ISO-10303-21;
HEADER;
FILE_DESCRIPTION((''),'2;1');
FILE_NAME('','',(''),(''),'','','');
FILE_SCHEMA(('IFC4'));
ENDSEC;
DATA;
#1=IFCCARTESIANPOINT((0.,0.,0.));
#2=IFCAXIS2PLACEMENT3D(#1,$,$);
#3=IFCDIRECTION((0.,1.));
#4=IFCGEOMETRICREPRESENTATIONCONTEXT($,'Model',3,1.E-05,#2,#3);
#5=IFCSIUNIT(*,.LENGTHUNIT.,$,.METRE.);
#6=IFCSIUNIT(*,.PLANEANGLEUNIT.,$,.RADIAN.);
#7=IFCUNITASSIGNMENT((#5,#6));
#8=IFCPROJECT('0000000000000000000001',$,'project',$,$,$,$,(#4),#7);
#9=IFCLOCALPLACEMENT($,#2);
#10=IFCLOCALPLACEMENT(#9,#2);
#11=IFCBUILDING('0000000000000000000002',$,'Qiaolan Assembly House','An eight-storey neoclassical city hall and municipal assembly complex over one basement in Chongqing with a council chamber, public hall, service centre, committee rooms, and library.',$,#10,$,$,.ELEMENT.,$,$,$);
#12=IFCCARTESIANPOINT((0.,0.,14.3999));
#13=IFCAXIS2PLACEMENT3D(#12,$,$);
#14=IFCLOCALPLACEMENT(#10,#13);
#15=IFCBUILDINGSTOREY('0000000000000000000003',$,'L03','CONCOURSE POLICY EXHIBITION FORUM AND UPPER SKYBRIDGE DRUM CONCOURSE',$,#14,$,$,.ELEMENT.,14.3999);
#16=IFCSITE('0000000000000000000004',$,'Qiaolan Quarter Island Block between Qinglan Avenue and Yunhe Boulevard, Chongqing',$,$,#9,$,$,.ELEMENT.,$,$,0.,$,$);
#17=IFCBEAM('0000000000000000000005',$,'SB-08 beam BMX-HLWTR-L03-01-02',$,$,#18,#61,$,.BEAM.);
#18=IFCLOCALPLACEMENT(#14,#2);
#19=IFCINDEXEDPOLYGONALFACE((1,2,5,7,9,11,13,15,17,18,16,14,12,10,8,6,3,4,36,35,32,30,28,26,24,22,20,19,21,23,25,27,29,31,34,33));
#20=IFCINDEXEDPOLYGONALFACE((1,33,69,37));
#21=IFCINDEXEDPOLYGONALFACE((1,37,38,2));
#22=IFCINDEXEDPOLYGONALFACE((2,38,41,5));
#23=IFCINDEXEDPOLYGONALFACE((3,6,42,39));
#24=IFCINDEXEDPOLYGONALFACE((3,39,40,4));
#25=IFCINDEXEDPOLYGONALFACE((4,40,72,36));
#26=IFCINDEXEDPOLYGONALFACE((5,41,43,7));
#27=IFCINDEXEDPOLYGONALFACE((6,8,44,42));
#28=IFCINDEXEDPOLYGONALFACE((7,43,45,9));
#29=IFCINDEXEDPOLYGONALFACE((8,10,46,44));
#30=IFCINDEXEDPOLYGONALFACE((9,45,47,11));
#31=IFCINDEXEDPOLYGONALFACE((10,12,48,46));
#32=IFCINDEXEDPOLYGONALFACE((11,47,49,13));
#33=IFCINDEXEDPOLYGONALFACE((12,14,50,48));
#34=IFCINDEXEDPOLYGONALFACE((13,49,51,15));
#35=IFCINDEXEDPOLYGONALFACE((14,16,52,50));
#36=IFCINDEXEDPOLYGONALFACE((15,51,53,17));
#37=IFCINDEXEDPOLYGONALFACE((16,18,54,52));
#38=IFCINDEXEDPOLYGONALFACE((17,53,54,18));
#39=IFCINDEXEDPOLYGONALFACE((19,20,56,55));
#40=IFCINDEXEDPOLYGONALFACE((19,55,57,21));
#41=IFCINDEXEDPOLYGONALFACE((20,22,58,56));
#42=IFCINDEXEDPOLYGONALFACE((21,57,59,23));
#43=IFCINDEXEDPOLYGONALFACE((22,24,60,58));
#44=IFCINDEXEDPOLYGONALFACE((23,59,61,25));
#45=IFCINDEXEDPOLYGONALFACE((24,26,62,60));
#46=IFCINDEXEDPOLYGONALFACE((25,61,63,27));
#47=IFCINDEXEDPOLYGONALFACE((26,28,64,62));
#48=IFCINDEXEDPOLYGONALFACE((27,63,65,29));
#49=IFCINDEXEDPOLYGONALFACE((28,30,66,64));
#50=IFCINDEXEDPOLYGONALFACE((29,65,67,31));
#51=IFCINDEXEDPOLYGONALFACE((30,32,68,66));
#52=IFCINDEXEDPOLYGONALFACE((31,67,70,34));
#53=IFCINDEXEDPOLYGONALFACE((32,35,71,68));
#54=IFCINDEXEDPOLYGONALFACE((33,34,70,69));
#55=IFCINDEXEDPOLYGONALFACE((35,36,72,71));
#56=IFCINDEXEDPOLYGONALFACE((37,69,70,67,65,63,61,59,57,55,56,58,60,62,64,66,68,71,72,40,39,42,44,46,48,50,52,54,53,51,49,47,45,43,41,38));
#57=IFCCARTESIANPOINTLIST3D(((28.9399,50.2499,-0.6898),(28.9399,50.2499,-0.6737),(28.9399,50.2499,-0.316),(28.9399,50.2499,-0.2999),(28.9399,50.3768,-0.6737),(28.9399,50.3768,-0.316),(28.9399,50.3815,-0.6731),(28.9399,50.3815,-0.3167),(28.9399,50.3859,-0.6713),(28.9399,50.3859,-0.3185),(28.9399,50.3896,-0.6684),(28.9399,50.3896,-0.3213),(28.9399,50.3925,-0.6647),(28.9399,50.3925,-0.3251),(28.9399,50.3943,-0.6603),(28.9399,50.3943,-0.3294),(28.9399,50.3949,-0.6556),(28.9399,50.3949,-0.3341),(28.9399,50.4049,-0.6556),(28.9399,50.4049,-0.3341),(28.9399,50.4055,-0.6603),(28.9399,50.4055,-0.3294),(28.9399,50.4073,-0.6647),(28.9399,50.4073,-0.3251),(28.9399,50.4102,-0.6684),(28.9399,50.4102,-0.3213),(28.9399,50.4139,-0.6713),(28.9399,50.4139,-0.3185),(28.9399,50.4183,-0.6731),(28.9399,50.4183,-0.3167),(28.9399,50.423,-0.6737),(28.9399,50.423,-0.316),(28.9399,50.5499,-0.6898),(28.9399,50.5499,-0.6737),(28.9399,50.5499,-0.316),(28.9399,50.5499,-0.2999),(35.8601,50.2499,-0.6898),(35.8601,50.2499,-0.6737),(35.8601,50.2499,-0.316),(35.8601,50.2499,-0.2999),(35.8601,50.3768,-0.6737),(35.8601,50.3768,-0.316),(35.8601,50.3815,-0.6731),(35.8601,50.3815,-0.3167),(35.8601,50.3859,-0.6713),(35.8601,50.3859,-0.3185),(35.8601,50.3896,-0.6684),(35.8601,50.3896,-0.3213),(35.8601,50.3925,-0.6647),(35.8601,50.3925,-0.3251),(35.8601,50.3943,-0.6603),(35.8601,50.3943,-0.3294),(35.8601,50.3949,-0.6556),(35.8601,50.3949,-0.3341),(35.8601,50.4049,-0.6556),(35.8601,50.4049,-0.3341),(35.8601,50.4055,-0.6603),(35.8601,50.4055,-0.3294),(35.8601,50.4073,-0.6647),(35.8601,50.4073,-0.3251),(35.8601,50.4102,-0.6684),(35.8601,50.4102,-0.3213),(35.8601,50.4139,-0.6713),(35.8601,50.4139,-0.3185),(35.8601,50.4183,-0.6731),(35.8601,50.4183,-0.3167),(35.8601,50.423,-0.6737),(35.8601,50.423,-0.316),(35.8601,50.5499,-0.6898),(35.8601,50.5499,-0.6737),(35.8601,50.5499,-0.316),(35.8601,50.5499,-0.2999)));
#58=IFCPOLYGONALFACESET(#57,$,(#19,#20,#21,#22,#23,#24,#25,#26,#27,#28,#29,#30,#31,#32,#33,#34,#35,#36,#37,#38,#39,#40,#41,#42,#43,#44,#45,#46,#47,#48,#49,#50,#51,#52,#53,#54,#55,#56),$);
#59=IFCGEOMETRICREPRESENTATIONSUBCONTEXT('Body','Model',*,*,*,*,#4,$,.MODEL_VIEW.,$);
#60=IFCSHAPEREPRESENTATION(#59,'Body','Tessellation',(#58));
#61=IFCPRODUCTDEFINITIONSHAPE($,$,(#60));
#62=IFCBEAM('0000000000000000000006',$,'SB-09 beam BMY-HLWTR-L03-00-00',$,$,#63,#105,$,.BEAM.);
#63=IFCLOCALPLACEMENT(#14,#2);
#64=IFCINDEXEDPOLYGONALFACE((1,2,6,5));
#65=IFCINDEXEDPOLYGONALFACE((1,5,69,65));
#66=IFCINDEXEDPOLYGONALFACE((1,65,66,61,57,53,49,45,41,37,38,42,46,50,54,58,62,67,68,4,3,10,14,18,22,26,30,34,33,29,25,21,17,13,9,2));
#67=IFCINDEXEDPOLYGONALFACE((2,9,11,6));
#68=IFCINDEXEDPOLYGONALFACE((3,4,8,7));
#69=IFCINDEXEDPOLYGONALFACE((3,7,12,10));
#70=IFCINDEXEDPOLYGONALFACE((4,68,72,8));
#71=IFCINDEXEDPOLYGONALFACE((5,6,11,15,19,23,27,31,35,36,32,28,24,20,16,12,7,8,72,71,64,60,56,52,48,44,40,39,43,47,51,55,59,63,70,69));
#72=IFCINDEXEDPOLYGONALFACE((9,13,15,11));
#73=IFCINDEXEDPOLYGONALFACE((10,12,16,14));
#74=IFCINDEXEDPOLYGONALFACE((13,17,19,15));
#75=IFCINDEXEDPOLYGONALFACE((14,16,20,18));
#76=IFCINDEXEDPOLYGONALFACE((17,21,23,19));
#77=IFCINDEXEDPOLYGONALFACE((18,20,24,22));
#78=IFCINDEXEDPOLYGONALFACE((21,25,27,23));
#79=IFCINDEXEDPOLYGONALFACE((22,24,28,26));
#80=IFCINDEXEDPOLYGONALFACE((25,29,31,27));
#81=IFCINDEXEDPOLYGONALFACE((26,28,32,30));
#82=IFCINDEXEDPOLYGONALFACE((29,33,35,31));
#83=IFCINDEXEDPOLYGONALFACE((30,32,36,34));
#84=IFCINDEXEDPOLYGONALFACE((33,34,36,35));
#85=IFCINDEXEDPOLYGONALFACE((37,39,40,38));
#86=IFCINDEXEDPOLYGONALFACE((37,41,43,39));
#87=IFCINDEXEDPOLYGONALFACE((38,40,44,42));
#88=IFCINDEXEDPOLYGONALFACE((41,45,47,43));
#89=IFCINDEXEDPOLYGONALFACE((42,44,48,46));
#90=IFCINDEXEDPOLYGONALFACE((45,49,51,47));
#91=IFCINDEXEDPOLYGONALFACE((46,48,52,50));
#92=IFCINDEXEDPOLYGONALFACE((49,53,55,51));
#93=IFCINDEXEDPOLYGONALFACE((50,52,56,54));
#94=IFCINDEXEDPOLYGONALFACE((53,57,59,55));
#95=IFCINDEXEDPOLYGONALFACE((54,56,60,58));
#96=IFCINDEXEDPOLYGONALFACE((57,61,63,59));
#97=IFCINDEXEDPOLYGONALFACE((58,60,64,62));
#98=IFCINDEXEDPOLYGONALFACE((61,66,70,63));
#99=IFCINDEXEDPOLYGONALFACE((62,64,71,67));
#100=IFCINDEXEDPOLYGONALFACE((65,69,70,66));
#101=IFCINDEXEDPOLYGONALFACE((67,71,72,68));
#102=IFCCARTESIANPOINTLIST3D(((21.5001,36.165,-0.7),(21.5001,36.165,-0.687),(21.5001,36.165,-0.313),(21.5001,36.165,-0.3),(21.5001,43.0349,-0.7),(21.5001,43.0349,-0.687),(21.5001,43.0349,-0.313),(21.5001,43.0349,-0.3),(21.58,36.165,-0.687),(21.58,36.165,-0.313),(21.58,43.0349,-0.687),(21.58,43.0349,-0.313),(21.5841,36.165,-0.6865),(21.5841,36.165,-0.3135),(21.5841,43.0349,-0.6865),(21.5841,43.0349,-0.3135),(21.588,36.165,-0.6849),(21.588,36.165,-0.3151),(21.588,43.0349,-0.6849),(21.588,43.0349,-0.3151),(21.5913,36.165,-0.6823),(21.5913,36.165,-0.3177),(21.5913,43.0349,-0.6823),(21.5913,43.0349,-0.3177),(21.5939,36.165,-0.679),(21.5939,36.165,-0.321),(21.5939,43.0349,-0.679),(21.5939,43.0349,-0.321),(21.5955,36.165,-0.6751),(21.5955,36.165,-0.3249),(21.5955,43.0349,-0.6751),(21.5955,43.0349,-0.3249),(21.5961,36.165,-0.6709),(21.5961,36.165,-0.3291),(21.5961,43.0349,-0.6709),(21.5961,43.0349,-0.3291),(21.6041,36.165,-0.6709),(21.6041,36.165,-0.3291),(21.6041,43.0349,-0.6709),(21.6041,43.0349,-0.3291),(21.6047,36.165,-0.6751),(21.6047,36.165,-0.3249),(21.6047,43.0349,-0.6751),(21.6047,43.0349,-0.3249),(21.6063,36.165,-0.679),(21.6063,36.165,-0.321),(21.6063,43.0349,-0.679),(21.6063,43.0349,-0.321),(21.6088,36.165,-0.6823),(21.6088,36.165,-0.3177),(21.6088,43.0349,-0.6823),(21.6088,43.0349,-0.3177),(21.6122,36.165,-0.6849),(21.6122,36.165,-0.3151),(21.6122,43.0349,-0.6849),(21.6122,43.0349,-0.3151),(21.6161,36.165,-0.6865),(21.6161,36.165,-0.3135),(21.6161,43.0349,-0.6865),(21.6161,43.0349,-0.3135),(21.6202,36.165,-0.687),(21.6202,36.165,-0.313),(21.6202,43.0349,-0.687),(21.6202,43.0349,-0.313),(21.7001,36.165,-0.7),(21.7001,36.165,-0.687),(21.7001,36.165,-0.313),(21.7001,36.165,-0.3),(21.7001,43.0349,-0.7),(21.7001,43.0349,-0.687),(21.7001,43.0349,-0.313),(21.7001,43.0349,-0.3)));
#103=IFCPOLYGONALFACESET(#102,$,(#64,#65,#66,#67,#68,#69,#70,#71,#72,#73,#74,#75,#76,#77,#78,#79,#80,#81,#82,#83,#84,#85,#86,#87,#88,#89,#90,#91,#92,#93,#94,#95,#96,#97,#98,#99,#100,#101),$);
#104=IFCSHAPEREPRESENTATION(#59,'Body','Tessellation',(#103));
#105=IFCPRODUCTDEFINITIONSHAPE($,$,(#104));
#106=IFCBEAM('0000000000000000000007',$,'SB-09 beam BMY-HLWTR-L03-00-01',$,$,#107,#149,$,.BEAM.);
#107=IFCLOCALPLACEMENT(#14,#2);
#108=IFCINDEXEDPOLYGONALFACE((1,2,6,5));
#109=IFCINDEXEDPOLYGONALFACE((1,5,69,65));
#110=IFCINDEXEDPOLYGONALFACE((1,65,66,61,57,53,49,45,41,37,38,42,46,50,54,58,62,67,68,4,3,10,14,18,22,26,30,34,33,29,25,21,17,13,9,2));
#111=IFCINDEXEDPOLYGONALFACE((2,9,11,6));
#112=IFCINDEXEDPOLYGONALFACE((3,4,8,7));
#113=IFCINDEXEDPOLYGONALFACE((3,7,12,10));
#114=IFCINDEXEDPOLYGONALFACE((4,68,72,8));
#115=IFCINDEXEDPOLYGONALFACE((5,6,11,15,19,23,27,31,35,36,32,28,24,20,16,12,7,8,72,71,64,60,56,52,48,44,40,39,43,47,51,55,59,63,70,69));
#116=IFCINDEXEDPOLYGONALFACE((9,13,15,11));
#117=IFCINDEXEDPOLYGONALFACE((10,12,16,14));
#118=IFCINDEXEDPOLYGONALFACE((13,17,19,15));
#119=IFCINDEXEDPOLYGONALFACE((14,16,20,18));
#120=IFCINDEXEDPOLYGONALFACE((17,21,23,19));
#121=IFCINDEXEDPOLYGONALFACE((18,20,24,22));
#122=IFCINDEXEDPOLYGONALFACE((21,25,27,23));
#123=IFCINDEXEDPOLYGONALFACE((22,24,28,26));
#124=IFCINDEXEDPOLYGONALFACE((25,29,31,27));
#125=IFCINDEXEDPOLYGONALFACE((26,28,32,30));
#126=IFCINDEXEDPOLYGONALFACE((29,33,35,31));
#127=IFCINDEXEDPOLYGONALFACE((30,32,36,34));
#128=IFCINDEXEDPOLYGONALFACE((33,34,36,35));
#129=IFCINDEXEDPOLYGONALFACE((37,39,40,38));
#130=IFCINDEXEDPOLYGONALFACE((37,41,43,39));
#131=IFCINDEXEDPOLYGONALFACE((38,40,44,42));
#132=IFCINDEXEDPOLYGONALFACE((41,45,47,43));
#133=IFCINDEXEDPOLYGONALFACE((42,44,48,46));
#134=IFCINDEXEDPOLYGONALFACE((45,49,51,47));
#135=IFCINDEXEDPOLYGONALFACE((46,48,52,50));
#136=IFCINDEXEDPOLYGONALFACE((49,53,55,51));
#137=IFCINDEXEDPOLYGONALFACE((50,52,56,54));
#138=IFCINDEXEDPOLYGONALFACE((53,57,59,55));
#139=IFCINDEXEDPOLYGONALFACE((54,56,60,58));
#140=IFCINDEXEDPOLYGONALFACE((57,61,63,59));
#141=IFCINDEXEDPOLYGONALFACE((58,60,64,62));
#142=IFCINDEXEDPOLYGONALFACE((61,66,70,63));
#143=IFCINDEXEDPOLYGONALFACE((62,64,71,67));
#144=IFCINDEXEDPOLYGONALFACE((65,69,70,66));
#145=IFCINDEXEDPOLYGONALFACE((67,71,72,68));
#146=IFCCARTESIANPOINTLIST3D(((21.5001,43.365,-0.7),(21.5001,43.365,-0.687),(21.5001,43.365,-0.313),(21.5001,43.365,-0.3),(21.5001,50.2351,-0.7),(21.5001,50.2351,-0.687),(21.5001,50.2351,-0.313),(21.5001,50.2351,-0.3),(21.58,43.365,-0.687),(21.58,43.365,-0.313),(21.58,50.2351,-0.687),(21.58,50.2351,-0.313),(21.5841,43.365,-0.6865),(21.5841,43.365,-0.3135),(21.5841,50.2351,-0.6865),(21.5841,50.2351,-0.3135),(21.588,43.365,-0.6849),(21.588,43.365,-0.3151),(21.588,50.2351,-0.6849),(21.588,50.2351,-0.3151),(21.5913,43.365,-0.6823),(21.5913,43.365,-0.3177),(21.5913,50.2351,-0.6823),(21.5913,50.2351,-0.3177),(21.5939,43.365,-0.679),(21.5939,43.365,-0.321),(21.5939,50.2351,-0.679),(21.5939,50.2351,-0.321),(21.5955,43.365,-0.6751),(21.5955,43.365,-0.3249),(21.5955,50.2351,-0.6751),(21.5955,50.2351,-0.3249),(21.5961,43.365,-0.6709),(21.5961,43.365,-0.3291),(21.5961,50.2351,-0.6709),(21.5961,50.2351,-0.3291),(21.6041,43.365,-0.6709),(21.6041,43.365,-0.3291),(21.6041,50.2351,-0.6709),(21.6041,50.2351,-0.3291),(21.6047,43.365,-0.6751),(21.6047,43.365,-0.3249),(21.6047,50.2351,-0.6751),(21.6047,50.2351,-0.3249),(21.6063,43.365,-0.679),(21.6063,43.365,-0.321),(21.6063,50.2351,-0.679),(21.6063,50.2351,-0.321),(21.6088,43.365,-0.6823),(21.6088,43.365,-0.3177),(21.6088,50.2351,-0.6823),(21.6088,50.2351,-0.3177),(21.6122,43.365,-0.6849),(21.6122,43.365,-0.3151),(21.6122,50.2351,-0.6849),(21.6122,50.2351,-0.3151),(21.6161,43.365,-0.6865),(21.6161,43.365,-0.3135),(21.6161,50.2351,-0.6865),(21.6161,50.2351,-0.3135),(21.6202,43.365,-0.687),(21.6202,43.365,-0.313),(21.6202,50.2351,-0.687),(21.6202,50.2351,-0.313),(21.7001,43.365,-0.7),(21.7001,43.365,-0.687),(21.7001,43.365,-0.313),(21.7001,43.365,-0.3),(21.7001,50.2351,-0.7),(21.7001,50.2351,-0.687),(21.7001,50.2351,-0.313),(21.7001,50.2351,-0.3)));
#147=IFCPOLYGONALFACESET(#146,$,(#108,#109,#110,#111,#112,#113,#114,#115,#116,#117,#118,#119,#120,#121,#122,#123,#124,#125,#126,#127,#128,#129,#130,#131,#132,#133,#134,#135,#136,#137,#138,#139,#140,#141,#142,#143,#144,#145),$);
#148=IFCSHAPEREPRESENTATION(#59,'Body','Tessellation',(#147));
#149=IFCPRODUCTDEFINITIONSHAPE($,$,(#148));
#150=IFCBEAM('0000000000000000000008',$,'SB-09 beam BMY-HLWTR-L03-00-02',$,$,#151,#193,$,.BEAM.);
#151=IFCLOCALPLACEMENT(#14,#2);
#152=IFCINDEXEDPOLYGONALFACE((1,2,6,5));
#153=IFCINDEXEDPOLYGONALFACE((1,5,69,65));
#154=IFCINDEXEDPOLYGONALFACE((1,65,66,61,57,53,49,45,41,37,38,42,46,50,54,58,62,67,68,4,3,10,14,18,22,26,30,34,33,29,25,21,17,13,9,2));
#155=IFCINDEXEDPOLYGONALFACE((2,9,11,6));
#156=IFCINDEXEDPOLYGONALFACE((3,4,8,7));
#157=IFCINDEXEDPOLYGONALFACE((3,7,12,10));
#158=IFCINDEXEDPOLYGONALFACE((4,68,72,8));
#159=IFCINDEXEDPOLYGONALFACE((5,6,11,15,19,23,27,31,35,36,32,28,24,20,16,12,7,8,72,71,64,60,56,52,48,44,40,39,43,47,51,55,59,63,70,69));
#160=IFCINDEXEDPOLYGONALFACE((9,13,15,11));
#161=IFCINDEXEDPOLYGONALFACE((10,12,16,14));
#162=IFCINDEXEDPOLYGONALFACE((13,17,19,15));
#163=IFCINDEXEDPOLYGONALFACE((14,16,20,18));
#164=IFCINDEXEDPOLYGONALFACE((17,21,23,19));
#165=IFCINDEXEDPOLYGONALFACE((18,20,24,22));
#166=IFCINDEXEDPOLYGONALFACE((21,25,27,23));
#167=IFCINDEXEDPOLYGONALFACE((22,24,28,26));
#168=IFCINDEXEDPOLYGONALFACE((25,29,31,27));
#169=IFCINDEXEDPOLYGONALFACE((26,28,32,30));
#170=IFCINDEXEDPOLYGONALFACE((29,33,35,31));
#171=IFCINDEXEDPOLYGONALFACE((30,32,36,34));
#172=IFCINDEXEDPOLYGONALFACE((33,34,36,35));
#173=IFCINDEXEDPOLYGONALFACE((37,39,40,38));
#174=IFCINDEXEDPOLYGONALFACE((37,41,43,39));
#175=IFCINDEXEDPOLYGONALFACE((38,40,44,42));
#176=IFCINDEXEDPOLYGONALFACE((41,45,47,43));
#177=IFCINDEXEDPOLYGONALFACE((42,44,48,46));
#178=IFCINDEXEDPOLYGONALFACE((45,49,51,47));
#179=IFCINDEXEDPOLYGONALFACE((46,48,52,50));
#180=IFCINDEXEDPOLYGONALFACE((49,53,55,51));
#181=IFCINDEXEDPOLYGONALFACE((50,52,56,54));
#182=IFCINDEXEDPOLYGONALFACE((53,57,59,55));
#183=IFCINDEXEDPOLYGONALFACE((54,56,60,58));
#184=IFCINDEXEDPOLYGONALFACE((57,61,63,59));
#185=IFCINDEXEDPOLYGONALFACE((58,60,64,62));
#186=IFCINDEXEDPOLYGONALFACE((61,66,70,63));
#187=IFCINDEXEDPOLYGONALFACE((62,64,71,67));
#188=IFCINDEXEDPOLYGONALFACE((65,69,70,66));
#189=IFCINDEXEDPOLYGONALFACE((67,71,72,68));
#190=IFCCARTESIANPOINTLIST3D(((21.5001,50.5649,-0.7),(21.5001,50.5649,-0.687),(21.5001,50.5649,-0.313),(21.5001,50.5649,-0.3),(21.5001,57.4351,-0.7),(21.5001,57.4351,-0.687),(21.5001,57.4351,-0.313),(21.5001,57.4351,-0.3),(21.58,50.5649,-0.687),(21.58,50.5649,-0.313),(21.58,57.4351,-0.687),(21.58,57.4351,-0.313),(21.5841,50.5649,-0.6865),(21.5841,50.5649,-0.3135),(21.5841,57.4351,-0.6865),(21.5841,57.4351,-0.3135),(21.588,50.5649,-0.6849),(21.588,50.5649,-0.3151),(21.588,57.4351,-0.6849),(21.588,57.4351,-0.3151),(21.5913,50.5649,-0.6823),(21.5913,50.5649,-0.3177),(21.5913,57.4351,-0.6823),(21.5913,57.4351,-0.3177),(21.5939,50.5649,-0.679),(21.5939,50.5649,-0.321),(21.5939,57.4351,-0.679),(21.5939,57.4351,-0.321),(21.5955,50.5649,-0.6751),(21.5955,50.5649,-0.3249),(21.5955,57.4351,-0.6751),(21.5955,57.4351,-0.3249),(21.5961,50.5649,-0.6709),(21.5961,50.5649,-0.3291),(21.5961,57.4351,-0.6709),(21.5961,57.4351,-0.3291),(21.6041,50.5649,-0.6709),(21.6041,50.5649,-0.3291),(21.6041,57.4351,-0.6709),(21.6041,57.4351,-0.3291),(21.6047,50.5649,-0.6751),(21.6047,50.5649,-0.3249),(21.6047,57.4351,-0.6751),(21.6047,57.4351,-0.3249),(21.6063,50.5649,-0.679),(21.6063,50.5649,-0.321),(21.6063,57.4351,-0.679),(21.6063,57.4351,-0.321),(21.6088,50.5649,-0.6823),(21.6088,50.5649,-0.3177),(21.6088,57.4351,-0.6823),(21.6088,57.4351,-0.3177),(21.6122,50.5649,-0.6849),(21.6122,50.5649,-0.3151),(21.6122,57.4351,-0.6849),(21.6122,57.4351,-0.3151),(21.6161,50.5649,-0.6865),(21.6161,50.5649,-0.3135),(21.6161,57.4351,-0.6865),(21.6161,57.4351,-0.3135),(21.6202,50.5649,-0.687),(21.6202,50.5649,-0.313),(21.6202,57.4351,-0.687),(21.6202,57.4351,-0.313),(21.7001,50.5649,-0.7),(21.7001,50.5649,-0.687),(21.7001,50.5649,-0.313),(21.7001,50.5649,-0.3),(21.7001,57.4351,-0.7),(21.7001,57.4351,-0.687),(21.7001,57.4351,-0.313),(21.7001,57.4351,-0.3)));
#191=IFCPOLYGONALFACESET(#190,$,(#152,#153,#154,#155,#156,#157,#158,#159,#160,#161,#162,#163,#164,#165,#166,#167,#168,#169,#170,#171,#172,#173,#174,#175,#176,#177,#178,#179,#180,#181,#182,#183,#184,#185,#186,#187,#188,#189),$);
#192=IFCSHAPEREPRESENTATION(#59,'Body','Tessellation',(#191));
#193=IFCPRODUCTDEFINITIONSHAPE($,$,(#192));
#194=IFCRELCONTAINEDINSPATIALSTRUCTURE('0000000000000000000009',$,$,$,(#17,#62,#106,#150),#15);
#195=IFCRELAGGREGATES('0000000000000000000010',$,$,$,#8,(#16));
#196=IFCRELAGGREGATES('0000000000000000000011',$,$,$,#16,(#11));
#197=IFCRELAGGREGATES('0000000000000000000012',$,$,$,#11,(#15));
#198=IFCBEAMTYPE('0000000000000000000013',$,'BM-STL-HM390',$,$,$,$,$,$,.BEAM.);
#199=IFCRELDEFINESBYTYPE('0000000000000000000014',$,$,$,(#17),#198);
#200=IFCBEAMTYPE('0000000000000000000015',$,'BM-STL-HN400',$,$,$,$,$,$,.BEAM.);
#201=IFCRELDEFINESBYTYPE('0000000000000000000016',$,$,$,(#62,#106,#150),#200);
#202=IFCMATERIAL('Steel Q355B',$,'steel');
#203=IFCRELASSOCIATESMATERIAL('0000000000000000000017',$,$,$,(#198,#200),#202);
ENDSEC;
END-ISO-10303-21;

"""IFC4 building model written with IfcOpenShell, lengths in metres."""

from ifc_helpers import new_model, si_unit, direction, frame, origin, origin_2d, place, context, subcontext, project, spatial, i_section, extrude, material, material_profile, profile_set, type_object, element, save


model = new_model("IFC4")

# Units and contexts
model_context = context("Model", 3, precision=1e-05, world=origin(), true_north=direction((0.0, 1.0)))
body_context = subcontext(model_context, "Body", "Model", "MODEL_VIEW")
ifc_project = project(units=[si_unit("LENGTHUNIT", "METRE"), si_unit("PLANEANGLEUNIT", "RADIAN")], contexts=[model_context])

# Site, building, storey
site_placement = place(None, origin())
site = spatial("IfcSite", under=ifc_project, at=site_placement, Name="Qiaolan Quarter Island Block between Qinglan Avenue and Yunhe Boulevard, Chongqing", CompositionType="ELEMENT", RefElevation=0.0)
building_placement = place(site_placement, origin())
building = spatial("IfcBuilding", under=site, at=building_placement, Name="Qiaolan Assembly House", Description="An eight-storey neoclassical city hall and municipal assembly complex over one basement in Chongqing with a council chamber, public hall, service centre, committee rooms, and library.", CompositionType="ELEMENT")
storey_placement = place(building_placement, frame((0.0, 0.0, 14.3999)))
storey = spatial("IfcBuildingStorey", under=building, at=storey_placement, Name="L03", Description="CONCOURSE POLICY EXHIBITION FORUM AND UPPER SKYBRIDGE DRUM CONCOURSE", CompositionType="ELEMENT", Elevation=14.3999)

# Shared definitions
ifc_material_1 = material(Name="Steel Q355B", Category="steel")

# Beams
ifc_material_profile_1 = material_profile(ifc_material_1, i_section(OverallWidth=0.3, OverallDepth=0.3899, WebThickness=0.01, FlangeThickness=0.0161, FilletRadius=0.0181, at=origin_2d()), Name="HM 390x300x10x16")
ifc_profile_set_1 = profile_set([ifc_material_profile_1], Name="Steel Q355B")
beam_type_1 = type_object("IfcBeamType", Name="BM-STL-HM390", PredefinedType="BEAM", material=ifc_profile_set_1)
beam_1_placement = place(storey_placement, frame((28.9399, 50.3999, -0.4949), z_axis=(1.0, 0.0, 0.0), x_axis=(0.0, 1.0, 0.0)))
element("IfcBeam", 1, at=beam_1_placement, inside=storey, type_object=beam_type_1, Name="SB-08 beam BMX-HLWTR-L03-01-02", PredefinedType="BEAM", context=body_context, shape_type="SweptSolid", body=[
    extrude(i_section(OverallWidth=0.3, OverallDepth=0.3899, WebThickness=0.01, FlangeThickness=0.0161, FilletRadius=0.0181, at=origin_2d()), origin(), (0.0, 0.0, 1.0), 6.9202),
])
ifc_material_profile_2 = material_profile(ifc_material_1, i_section(OverallWidth=0.2, OverallDepth=0.3999, WebThickness=0.0081, FlangeThickness=0.0129, FilletRadius=0.0161, at=origin_2d()), Name="HN 400x200x8x13")
ifc_profile_set_2 = profile_set([ifc_material_profile_2], Name="Steel Q355B")
beam_type_2 = type_object("IfcBeamType", Name="BM-STL-HN400", PredefinedType="BEAM", material=ifc_profile_set_2)
beam_2_placement = place(storey_placement, frame((21.6001, 36.165, -0.5), z_axis=(0.0, 1.0, 0.0), x_axis=(-1.0, 0.0, 0.0)))
element("IfcBeam", 2, at=beam_2_placement, inside=storey, type_object=beam_type_2, Name="SB-09 beam BMY-HLWTR-L03-00-00", PredefinedType="BEAM", context=body_context, shape_type="SweptSolid", body=[
    extrude(i_section(OverallWidth=0.2, OverallDepth=0.3999, WebThickness=0.0081, FlangeThickness=0.0129, FilletRadius=0.0161, at=origin_2d()), origin(), (0.0, 0.0, 1.0), 6.8699),
])
for number, where, z_axis, x_axis, name in (
    (3, (21.6001, 43.365, -0.5), (0.0, 1.0, 0.0), (-1.0, 0.0, 0.0), "SB-09 beam BMY-HLWTR-L03-00-01"),
    (4, (21.6001, 50.5649, -0.5), (0.0, 1.0, 0.0), (-1.0, 0.0, 0.0), "SB-09 beam BMY-HLWTR-L03-00-02"),
):
    element("IfcBeam", number, at=place(storey_placement, frame(where, z_axis=z_axis, x_axis=x_axis)), inside=storey, type_object=beam_type_2, Name=name, PredefinedType="BEAM", context=body_context, shape_type="SweptSolid", body=[
        extrude(i_section(OverallWidth=0.2, OverallDepth=0.3999, WebThickness=0.0081, FlangeThickness=0.0129, FilletRadius=0.0161, at=origin_2d()), origin(), (0.0, 0.0, 1.0), 6.8701),
    ])

save(model, "model.ifc")
